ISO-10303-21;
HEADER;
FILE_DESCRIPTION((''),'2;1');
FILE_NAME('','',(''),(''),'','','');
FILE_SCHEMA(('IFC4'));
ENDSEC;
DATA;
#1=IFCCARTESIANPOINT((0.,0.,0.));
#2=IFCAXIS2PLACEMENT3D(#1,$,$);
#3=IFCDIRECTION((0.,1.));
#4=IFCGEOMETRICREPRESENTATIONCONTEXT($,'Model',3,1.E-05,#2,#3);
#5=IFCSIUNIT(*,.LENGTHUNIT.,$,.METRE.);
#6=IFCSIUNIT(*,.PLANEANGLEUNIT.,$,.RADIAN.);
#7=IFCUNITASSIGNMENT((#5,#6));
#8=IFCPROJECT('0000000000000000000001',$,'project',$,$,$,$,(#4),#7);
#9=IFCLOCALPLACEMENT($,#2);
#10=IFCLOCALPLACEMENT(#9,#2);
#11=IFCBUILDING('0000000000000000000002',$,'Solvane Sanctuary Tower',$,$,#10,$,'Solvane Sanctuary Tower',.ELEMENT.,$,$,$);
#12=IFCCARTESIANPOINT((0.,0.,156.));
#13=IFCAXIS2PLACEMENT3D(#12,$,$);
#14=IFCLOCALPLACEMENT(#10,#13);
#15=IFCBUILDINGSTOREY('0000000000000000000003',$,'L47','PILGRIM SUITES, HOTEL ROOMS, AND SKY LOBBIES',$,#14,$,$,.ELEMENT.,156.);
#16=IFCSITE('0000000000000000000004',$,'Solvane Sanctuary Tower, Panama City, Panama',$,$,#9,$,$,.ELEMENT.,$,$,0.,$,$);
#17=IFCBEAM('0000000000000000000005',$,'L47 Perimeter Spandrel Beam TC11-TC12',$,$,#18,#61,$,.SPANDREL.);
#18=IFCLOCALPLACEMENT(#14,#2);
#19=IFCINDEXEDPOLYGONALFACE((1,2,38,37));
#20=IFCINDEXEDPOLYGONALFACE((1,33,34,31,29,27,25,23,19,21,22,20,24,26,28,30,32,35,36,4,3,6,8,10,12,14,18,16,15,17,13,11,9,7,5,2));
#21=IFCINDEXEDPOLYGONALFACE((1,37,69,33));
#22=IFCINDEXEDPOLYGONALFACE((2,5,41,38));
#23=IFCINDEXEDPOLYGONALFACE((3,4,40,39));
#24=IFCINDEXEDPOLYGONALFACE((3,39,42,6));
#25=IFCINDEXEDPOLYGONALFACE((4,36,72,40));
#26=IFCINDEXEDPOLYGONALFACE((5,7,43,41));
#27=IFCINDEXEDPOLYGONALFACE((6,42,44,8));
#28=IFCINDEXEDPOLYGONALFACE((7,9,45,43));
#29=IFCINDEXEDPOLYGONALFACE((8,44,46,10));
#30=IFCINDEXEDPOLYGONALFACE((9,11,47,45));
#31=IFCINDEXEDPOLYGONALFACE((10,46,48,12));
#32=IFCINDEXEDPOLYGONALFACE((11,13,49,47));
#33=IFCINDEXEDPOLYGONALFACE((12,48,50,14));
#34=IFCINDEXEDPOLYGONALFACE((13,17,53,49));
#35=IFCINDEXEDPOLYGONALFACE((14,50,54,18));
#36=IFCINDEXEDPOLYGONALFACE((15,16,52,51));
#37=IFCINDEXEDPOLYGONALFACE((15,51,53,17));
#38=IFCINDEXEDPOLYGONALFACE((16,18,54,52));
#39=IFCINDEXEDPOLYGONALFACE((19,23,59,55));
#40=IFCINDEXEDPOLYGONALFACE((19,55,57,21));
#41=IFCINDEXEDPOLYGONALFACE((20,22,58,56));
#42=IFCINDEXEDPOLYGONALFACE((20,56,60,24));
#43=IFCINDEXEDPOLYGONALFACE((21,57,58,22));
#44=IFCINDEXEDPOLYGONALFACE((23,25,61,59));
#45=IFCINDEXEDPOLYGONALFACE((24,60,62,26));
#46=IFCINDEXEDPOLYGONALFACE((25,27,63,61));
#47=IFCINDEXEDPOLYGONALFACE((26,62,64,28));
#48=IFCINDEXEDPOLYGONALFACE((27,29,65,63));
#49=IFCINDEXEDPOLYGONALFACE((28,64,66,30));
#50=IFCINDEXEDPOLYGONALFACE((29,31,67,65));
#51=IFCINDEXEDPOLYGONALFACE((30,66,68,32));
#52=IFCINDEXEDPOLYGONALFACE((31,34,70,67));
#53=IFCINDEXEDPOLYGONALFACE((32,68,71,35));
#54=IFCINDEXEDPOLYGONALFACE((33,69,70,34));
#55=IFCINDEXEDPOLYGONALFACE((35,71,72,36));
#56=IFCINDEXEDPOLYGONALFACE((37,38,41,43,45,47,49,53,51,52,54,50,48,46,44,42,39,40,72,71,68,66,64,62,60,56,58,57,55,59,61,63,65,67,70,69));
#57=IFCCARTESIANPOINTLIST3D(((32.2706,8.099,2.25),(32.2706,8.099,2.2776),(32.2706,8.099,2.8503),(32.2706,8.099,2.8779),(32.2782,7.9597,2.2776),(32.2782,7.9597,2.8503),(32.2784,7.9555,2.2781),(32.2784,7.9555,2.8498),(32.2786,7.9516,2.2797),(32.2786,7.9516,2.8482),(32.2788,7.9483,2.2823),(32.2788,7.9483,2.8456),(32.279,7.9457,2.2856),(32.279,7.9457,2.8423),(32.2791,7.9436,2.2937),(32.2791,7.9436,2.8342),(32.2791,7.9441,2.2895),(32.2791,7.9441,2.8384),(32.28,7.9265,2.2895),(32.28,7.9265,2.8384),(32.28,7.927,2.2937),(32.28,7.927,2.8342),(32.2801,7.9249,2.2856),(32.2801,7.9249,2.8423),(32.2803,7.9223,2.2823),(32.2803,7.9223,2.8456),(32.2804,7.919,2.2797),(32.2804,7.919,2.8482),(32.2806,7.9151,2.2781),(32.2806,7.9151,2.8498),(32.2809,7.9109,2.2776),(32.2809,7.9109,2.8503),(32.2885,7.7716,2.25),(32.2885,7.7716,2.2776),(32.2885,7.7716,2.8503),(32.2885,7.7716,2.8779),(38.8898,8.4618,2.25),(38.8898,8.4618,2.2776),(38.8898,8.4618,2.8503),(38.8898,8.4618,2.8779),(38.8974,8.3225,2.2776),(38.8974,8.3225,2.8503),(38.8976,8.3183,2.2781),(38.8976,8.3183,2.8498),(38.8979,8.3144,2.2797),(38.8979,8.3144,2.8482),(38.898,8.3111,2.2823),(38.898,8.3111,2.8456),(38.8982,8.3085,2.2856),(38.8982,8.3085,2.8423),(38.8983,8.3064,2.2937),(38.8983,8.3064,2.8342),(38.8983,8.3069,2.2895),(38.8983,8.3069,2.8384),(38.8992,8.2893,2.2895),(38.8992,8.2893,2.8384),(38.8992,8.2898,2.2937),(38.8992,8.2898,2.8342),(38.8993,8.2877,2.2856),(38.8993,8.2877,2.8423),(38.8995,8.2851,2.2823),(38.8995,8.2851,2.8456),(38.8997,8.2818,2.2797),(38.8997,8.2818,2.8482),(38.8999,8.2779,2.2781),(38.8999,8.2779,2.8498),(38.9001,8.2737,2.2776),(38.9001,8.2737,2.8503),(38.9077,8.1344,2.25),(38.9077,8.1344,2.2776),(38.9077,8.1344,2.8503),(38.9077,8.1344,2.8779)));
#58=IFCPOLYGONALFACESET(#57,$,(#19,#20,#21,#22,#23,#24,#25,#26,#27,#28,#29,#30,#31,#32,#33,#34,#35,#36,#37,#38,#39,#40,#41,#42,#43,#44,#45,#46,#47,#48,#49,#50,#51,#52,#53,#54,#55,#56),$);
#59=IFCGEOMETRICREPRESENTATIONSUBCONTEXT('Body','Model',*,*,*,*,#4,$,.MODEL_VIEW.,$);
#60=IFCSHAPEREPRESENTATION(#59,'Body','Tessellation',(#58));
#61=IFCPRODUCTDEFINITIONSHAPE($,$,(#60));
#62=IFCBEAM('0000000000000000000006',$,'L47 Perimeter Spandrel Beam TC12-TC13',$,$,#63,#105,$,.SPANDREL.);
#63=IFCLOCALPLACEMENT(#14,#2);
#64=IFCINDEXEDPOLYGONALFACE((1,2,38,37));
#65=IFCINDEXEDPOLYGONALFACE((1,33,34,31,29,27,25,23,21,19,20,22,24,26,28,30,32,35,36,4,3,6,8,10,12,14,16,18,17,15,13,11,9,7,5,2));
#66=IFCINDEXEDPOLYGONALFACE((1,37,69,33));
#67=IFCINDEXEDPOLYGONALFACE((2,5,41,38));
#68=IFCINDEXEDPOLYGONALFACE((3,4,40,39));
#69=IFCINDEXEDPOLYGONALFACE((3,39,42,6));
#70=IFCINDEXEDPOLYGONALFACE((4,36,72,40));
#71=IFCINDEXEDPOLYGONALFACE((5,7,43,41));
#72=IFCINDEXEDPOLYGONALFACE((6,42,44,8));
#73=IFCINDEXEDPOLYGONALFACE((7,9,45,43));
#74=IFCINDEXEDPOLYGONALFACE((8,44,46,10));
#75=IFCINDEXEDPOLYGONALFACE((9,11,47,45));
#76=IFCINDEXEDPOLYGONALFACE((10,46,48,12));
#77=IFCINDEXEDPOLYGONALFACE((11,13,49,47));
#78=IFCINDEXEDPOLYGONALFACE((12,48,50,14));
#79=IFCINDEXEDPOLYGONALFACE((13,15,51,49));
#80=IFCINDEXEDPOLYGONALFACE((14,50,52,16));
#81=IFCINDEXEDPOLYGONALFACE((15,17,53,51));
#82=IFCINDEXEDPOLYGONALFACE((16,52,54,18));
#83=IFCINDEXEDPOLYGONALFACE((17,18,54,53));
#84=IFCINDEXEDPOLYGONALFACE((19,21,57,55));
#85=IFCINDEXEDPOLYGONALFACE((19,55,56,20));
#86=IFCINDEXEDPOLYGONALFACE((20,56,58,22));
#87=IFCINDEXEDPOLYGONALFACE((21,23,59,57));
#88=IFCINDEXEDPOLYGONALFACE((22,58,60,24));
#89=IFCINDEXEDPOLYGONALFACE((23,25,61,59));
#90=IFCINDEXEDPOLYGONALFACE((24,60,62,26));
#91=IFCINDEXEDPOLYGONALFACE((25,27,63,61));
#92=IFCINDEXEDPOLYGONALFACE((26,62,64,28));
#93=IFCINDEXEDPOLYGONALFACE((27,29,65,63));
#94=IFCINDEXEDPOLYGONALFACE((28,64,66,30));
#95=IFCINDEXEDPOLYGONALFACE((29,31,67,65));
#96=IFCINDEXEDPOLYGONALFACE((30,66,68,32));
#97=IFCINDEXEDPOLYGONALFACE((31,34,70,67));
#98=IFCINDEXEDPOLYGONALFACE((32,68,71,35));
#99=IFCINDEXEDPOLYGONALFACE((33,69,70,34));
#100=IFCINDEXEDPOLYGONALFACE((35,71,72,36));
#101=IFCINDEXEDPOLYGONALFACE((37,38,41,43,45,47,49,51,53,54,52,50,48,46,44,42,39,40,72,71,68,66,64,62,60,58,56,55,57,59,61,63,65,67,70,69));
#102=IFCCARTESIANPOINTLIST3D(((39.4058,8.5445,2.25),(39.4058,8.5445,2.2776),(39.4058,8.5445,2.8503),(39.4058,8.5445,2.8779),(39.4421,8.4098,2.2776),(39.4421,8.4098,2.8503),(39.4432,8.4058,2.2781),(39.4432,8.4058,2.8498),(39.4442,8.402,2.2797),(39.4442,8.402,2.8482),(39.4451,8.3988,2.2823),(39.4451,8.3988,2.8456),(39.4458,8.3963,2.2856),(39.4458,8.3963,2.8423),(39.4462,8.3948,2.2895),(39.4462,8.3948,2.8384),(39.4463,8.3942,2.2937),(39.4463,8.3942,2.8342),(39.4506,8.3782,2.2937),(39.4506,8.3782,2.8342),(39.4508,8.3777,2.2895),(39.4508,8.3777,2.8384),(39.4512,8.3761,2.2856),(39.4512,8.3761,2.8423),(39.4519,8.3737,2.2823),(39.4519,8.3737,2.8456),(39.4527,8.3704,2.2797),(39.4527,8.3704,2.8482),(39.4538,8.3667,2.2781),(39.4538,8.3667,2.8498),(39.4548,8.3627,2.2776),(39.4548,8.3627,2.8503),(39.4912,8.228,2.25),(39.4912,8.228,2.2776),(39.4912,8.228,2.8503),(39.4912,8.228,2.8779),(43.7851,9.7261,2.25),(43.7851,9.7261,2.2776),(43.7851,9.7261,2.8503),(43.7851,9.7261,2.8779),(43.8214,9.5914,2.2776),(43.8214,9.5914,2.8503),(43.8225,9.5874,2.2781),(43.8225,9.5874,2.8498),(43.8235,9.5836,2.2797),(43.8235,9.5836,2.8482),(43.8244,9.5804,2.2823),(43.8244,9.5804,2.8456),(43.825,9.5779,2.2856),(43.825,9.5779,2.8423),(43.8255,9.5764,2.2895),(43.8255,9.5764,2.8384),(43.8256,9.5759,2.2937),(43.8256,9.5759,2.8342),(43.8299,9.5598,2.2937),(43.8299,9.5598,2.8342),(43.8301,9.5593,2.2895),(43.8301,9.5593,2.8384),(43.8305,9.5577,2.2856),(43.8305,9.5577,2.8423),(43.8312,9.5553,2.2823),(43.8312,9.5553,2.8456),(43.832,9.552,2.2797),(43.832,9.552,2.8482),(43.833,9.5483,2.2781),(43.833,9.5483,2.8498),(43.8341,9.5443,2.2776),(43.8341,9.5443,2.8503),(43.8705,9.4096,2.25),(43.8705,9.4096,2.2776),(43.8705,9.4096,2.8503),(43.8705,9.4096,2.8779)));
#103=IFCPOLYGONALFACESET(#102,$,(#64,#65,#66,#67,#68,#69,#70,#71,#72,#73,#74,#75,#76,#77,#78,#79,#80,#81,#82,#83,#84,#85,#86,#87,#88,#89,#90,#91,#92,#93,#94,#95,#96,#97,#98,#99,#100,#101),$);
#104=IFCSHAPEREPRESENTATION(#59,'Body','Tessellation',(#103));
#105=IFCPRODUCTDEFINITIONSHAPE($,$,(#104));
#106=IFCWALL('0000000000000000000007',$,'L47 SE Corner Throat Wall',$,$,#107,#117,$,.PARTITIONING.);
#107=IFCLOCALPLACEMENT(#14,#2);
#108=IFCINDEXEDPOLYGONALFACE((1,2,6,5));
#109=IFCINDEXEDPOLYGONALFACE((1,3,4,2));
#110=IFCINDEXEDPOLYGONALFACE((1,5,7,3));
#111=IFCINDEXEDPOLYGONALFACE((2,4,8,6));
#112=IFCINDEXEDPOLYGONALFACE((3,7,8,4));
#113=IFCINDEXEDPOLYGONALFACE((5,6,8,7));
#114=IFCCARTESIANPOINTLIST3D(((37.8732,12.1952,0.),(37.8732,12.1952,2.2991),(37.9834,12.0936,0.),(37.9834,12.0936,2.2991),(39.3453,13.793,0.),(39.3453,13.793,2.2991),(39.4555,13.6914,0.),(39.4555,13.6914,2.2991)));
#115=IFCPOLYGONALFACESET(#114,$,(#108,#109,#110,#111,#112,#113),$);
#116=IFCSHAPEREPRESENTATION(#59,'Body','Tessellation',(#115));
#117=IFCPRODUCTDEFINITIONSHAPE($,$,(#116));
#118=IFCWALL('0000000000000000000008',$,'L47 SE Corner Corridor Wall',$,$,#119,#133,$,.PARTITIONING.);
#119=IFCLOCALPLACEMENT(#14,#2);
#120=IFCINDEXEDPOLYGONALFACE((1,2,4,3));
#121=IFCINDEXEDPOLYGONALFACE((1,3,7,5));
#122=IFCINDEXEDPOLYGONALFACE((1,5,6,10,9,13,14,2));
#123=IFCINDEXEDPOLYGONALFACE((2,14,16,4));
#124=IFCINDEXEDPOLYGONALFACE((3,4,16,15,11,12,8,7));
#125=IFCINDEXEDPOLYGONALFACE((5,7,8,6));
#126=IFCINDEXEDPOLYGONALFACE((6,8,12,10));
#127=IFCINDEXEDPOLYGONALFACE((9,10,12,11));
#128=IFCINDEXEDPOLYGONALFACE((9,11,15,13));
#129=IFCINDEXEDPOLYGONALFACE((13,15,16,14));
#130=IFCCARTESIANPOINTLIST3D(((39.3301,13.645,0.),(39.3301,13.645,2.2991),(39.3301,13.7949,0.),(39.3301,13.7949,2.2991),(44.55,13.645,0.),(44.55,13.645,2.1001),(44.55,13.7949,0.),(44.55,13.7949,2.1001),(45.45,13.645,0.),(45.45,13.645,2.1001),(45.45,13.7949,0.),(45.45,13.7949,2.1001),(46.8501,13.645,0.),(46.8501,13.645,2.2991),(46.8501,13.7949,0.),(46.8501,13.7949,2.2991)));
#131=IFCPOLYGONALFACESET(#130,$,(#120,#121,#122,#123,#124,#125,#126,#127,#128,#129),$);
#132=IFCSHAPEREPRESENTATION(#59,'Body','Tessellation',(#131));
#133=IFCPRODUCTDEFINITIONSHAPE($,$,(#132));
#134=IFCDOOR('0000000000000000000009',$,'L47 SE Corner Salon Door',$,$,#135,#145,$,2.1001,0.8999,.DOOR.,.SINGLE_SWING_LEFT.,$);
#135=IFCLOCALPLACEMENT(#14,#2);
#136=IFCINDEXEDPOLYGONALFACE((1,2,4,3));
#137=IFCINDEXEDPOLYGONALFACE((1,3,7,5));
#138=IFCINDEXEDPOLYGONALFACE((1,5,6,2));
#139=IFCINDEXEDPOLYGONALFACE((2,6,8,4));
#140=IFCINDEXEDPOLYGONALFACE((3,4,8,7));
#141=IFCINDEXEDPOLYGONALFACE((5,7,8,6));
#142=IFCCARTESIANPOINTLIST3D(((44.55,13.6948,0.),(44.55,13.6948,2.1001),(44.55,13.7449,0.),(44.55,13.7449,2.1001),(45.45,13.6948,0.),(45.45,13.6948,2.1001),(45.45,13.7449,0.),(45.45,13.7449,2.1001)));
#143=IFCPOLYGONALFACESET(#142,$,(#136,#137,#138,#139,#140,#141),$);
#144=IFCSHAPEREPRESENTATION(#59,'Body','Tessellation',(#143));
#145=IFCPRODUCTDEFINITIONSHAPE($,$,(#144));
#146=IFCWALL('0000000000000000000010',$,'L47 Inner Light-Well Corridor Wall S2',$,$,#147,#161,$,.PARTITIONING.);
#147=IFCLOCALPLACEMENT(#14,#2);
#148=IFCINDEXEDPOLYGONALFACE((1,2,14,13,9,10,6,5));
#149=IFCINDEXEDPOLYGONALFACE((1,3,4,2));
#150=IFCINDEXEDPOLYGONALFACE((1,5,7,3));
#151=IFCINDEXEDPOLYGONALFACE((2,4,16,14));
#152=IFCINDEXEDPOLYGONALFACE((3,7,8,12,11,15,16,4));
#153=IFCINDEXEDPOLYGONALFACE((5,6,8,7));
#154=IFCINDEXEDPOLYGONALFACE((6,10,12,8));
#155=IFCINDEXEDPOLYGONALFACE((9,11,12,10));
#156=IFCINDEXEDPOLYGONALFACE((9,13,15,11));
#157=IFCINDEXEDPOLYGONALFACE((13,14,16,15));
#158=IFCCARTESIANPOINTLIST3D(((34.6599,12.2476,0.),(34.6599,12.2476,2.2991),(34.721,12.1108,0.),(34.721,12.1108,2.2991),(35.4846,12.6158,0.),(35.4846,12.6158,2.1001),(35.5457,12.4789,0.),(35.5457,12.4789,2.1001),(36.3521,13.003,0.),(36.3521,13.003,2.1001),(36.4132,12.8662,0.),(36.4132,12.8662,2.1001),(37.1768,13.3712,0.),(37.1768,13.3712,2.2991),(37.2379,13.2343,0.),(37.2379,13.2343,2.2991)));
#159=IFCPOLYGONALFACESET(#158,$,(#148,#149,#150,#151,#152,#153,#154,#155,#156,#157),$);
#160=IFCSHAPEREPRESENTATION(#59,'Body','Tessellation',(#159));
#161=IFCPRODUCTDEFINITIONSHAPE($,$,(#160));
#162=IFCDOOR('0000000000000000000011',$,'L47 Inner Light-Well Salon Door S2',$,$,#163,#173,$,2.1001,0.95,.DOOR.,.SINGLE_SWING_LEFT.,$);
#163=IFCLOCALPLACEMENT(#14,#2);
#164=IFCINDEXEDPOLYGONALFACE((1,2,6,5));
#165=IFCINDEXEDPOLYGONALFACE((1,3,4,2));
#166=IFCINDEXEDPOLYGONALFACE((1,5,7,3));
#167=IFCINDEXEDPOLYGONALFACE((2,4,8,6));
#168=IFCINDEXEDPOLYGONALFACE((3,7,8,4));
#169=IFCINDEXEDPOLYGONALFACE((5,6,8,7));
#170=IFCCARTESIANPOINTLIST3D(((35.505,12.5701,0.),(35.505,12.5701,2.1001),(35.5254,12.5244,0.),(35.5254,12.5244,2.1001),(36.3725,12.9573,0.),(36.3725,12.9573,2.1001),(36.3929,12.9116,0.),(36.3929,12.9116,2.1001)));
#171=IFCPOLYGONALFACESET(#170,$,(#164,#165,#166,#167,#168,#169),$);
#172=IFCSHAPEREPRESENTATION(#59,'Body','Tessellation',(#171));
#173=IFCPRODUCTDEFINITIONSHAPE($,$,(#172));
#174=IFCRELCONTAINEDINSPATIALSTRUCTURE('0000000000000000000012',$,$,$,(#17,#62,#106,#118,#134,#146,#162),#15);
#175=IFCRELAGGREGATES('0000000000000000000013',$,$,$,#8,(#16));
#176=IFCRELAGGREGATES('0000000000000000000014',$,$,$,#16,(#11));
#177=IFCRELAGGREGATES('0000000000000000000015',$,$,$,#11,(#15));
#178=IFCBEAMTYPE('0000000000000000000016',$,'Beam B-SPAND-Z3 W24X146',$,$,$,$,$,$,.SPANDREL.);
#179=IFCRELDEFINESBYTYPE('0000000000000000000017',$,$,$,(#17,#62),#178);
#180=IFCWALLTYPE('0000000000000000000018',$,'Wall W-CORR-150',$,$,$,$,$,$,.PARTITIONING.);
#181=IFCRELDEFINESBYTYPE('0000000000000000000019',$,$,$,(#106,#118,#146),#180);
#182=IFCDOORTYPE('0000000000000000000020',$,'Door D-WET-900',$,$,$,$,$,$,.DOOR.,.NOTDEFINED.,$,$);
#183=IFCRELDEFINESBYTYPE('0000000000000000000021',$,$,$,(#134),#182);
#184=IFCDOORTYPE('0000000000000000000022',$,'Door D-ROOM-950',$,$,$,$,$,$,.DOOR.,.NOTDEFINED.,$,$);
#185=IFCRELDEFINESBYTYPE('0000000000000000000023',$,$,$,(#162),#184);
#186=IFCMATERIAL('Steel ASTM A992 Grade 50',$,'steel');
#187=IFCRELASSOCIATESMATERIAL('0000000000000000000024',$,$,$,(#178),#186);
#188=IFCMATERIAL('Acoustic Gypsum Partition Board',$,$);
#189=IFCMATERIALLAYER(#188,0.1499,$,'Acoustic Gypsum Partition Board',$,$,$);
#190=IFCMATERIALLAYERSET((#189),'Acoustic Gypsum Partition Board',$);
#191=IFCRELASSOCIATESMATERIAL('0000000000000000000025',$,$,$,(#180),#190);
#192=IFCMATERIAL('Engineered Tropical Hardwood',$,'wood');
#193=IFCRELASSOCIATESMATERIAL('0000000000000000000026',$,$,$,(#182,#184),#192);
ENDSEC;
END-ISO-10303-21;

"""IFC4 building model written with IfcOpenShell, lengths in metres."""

from ifc_helpers import new_model, si_unit, direction, frame, frame_2d, origin, origin_2d, place, context, subcontext, project, spatial, rectangle, i_section, extrude, material, layer, layer_set, material_profile, profile_set, type_object, element, fill, save


model = new_model("IFC4")

# Units and contexts
model_context = context("Model", 3, precision=1e-05, world=origin(), true_north=direction((0.0, 1.0)))
body_context = subcontext(model_context, "Body", "Model", "MODEL_VIEW")
ifc_project = project(units=[si_unit("LENGTHUNIT", "METRE"), si_unit("PLANEANGLEUNIT", "RADIAN")], contexts=[model_context])

# Site, building, storey
site_placement = place(None, origin())
site = spatial("IfcSite", under=ifc_project, at=site_placement, Name="Solvane Sanctuary Tower, Panama City, Panama", CompositionType="ELEMENT", RefElevation=0.0)
building_placement = place(site_placement, origin())
building = spatial("IfcBuilding", under=site, at=building_placement, Name="Solvane Sanctuary Tower", LongName="Solvane Sanctuary Tower", CompositionType="ELEMENT")
storey_placement = place(building_placement, frame((0.0, 0.0, 156.0)))
storey = spatial("IfcBuildingStorey", under=building, at=storey_placement, Name="L47", Description="PILGRIM SUITES, HOTEL ROOMS, AND SKY LOBBIES", CompositionType="ELEMENT", Elevation=156.0)

# Beams
ifc_material_1 = material(Name="Steel ASTM A992 Grade 50", Category="steel")
ifc_material_profile_1 = material_profile(ifc_material_1, i_section(OverallWidth=0.3279, OverallDepth=0.6279, WebThickness=0.0166, FlangeThickness=0.0276, FilletRadius=0.0161, at=origin_2d()), Name="W24X146")
ifc_profile_set_1 = profile_set([ifc_material_profile_1], Name="Steel ASTM A992 Grade 50")
beam_type_1 = type_object("IfcBeamType", Name="Beam B-SPAND-Z3 W24X146", PredefinedType="SPANDREL", material=ifc_profile_set_1)
beam_1_placement = place(storey_placement, frame((32.2795, 7.9353, 2.564), z_axis=(0.998501, 0.054728, 0.0), x_axis=(-0.054728, 0.998501, 0.0)))
element("IfcBeam", 1, at=beam_1_placement, inside=storey, type_object=beam_type_1, Name="L47 Perimeter Spandrel Beam TC11-TC12", PredefinedType="SPANDREL", context=body_context, shape_type="SweptSolid", body=[
    extrude(i_section(OverallWidth=0.3279, OverallDepth=0.6279, WebThickness=0.0166, FlangeThickness=0.0276, FilletRadius=0.0161, at=origin_2d()), origin(), (0.0, 0.0, 1.0), 6.6292),
])
beam_2_placement = place(storey_placement, frame((39.4485, 8.3862, 2.564), z_axis=(0.965473, 0.260502, 0.0), x_axis=(-0.260502, 0.965473, 0.0)))
element("IfcBeam", 2, at=beam_2_placement, inside=storey, type_object=beam_type_1, Name="L47 Perimeter Spandrel Beam TC12-TC13", PredefinedType="SPANDREL", context=body_context, shape_type="SweptSolid", body=[
    extrude(i_section(OverallWidth=0.3279, OverallDepth=0.6279, WebThickness=0.0166, FlangeThickness=0.0276, FilletRadius=0.0161, at=origin_2d()), origin(), (0.0, 0.0, 1.0), 4.5359),
])

# Wall
ifc_material_2 = material(Name="Acoustic Gypsum Partition Board")
ifc_layer_1 = layer(ifc_material_2, 0.1499, Name="Acoustic Gypsum Partition Board")
ifc_layer_set_1 = layer_set([ifc_layer_1], Name="Acoustic Gypsum Partition Board")
wall_type_1 = type_object("IfcWallType", Name="Wall W-CORR-150", PredefinedType="PARTITIONING", material=ifc_layer_set_1)
wall_1_placement = place(storey_placement, frame((37.9282, 12.1443, 0.0), z_axis=(0.0, 0.0, 1.0), x_axis=(0.67758, 0.735449, 0.0)))
element("IfcWall", 3, at=wall_1_placement, inside=storey, type_object=wall_type_1, Name="L47 SE Corner Throat Wall", PredefinedType="PARTITIONING", context=body_context, shape_type="SweptSolid", body=[
    extrude(rectangle(XDim=2.1726, YDim=0.1499, at=frame_2d((1.0864, 0.0))), origin(), (0.0, 0.0, 1.0), 2.2991),
])

# Walls, openings, doors
wall_2_placement = place(storey_placement, frame((39.3301, 13.72, 0.0), z_axis=(0.0, 0.0, 1.0), x_axis=(1.0, 0.0, 0.0)))
wall_2 = element("IfcWall", 4, at=wall_2_placement, inside=storey, type_object=wall_type_1, Name="L47 SE Corner Corridor Wall", PredefinedType="PARTITIONING", context=body_context, shape_type="SweptSolid", body=[
    extrude(rectangle(XDim=7.52, YDim=0.1499, at=frame_2d((3.76, 0.0))), origin(), (0.0, 0.0, 1.0), 2.2991),
])
opening_1_placement = place(wall_2_placement, frame((5.22, 0.0, 0.0)))
opening_1 = element("IfcOpeningElement", 5, at=opening_1_placement, cuts=wall_2, PredefinedType="OPENING", context=body_context, shape_type="SweptSolid", body=[
    extrude(rectangle(XDim=0.8999, YDim=2.1001, at=frame_2d((0.45, 1.05))), frame((0.0, 0.085, 0.0), z_axis=(0.0, -1.0, 0.0), x_axis=(1.0, 0.0, 0.0)), (0.0, 0.0, 1.0), 0.1699),
])
ifc_material_3 = material(Name="Engineered Tropical Hardwood", Category="wood")
door_type_1 = type_object("IfcDoorType", Name="Door D-WET-900", OperationType="NOTDEFINED", PredefinedType="DOOR", material=ifc_material_3)
door_1_placement = place(opening_1_placement, origin())
door_1 = element("IfcDoor", 6, at=door_1_placement, inside=storey, type_object=door_type_1, Name="L47 SE Corner Salon Door", OperationType="SINGLE_SWING_LEFT", OverallHeight=2.1001, OverallWidth=0.8999, PredefinedType="DOOR", context=body_context, shape_type="SweptSolid", body=[
    extrude(rectangle(XDim=0.8999, YDim=2.1001, at=frame_2d((0.45, 1.05))), frame((0.0, 0.0249, 0.0), z_axis=(0.0, -1.0, 0.0), x_axis=(1.0, 0.0, 0.0)), (0.0, 0.0, 1.0), 0.05),
])
fill(opening_1, door_1)
wall_3_placement = place(storey_placement, frame((34.6904, 12.1792, 0.0), z_axis=(0.0, 0.0, 1.0), x_axis=(0.913146, 0.407634, 0.0)))
wall_3 = element("IfcWall", 7, at=wall_3_placement, inside=storey, type_object=wall_type_1, Name="L47 Inner Light-Well Corridor Wall S2", PredefinedType="PARTITIONING", context=body_context, shape_type="SweptSolid", body=[
    extrude(rectangle(XDim=2.7563, YDim=0.1499, at=frame_2d((1.3782, 0.0))), origin(), (0.0, 0.0, 1.0), 2.2991),
])
opening_2_placement = place(wall_3_placement, frame((0.9031, 0.0, 0.0)))
opening_2 = element("IfcOpeningElement", 8, at=opening_2_placement, cuts=wall_3, PredefinedType="OPENING", context=body_context, shape_type="SweptSolid", body=[
    extrude(rectangle(XDim=0.95, YDim=2.1001, at=frame_2d((0.4751, 1.05))), frame((0.0, 0.085, 0.0), z_axis=(0.0, -1.0, 0.0), x_axis=(1.0, 0.0, 0.0)), (0.0, 0.0, 1.0), 0.1699),
])
door_type_2 = type_object("IfcDoorType", Name="Door D-ROOM-950", OperationType="NOTDEFINED", PredefinedType="DOOR", material=ifc_material_3)
door_2_placement = place(opening_2_placement, origin())
door_2 = element("IfcDoor", 9, at=door_2_placement, inside=storey, type_object=door_type_2, Name="L47 Inner Light-Well Salon Door S2", OperationType="SINGLE_SWING_LEFT", OverallHeight=2.1001, OverallWidth=0.95, PredefinedType="DOOR", context=body_context, shape_type="SweptSolid", body=[
    extrude(rectangle(XDim=0.95, YDim=2.1001, at=frame_2d((0.4751, 1.05))), frame((0.0, 0.0249, 0.0), z_axis=(0.0, -1.0, 0.0), x_axis=(1.0, 0.0, 0.0)), (0.0, 0.0, 1.0), 0.05),
])
fill(opening_2, door_2)

save(model, "model.ifc")
